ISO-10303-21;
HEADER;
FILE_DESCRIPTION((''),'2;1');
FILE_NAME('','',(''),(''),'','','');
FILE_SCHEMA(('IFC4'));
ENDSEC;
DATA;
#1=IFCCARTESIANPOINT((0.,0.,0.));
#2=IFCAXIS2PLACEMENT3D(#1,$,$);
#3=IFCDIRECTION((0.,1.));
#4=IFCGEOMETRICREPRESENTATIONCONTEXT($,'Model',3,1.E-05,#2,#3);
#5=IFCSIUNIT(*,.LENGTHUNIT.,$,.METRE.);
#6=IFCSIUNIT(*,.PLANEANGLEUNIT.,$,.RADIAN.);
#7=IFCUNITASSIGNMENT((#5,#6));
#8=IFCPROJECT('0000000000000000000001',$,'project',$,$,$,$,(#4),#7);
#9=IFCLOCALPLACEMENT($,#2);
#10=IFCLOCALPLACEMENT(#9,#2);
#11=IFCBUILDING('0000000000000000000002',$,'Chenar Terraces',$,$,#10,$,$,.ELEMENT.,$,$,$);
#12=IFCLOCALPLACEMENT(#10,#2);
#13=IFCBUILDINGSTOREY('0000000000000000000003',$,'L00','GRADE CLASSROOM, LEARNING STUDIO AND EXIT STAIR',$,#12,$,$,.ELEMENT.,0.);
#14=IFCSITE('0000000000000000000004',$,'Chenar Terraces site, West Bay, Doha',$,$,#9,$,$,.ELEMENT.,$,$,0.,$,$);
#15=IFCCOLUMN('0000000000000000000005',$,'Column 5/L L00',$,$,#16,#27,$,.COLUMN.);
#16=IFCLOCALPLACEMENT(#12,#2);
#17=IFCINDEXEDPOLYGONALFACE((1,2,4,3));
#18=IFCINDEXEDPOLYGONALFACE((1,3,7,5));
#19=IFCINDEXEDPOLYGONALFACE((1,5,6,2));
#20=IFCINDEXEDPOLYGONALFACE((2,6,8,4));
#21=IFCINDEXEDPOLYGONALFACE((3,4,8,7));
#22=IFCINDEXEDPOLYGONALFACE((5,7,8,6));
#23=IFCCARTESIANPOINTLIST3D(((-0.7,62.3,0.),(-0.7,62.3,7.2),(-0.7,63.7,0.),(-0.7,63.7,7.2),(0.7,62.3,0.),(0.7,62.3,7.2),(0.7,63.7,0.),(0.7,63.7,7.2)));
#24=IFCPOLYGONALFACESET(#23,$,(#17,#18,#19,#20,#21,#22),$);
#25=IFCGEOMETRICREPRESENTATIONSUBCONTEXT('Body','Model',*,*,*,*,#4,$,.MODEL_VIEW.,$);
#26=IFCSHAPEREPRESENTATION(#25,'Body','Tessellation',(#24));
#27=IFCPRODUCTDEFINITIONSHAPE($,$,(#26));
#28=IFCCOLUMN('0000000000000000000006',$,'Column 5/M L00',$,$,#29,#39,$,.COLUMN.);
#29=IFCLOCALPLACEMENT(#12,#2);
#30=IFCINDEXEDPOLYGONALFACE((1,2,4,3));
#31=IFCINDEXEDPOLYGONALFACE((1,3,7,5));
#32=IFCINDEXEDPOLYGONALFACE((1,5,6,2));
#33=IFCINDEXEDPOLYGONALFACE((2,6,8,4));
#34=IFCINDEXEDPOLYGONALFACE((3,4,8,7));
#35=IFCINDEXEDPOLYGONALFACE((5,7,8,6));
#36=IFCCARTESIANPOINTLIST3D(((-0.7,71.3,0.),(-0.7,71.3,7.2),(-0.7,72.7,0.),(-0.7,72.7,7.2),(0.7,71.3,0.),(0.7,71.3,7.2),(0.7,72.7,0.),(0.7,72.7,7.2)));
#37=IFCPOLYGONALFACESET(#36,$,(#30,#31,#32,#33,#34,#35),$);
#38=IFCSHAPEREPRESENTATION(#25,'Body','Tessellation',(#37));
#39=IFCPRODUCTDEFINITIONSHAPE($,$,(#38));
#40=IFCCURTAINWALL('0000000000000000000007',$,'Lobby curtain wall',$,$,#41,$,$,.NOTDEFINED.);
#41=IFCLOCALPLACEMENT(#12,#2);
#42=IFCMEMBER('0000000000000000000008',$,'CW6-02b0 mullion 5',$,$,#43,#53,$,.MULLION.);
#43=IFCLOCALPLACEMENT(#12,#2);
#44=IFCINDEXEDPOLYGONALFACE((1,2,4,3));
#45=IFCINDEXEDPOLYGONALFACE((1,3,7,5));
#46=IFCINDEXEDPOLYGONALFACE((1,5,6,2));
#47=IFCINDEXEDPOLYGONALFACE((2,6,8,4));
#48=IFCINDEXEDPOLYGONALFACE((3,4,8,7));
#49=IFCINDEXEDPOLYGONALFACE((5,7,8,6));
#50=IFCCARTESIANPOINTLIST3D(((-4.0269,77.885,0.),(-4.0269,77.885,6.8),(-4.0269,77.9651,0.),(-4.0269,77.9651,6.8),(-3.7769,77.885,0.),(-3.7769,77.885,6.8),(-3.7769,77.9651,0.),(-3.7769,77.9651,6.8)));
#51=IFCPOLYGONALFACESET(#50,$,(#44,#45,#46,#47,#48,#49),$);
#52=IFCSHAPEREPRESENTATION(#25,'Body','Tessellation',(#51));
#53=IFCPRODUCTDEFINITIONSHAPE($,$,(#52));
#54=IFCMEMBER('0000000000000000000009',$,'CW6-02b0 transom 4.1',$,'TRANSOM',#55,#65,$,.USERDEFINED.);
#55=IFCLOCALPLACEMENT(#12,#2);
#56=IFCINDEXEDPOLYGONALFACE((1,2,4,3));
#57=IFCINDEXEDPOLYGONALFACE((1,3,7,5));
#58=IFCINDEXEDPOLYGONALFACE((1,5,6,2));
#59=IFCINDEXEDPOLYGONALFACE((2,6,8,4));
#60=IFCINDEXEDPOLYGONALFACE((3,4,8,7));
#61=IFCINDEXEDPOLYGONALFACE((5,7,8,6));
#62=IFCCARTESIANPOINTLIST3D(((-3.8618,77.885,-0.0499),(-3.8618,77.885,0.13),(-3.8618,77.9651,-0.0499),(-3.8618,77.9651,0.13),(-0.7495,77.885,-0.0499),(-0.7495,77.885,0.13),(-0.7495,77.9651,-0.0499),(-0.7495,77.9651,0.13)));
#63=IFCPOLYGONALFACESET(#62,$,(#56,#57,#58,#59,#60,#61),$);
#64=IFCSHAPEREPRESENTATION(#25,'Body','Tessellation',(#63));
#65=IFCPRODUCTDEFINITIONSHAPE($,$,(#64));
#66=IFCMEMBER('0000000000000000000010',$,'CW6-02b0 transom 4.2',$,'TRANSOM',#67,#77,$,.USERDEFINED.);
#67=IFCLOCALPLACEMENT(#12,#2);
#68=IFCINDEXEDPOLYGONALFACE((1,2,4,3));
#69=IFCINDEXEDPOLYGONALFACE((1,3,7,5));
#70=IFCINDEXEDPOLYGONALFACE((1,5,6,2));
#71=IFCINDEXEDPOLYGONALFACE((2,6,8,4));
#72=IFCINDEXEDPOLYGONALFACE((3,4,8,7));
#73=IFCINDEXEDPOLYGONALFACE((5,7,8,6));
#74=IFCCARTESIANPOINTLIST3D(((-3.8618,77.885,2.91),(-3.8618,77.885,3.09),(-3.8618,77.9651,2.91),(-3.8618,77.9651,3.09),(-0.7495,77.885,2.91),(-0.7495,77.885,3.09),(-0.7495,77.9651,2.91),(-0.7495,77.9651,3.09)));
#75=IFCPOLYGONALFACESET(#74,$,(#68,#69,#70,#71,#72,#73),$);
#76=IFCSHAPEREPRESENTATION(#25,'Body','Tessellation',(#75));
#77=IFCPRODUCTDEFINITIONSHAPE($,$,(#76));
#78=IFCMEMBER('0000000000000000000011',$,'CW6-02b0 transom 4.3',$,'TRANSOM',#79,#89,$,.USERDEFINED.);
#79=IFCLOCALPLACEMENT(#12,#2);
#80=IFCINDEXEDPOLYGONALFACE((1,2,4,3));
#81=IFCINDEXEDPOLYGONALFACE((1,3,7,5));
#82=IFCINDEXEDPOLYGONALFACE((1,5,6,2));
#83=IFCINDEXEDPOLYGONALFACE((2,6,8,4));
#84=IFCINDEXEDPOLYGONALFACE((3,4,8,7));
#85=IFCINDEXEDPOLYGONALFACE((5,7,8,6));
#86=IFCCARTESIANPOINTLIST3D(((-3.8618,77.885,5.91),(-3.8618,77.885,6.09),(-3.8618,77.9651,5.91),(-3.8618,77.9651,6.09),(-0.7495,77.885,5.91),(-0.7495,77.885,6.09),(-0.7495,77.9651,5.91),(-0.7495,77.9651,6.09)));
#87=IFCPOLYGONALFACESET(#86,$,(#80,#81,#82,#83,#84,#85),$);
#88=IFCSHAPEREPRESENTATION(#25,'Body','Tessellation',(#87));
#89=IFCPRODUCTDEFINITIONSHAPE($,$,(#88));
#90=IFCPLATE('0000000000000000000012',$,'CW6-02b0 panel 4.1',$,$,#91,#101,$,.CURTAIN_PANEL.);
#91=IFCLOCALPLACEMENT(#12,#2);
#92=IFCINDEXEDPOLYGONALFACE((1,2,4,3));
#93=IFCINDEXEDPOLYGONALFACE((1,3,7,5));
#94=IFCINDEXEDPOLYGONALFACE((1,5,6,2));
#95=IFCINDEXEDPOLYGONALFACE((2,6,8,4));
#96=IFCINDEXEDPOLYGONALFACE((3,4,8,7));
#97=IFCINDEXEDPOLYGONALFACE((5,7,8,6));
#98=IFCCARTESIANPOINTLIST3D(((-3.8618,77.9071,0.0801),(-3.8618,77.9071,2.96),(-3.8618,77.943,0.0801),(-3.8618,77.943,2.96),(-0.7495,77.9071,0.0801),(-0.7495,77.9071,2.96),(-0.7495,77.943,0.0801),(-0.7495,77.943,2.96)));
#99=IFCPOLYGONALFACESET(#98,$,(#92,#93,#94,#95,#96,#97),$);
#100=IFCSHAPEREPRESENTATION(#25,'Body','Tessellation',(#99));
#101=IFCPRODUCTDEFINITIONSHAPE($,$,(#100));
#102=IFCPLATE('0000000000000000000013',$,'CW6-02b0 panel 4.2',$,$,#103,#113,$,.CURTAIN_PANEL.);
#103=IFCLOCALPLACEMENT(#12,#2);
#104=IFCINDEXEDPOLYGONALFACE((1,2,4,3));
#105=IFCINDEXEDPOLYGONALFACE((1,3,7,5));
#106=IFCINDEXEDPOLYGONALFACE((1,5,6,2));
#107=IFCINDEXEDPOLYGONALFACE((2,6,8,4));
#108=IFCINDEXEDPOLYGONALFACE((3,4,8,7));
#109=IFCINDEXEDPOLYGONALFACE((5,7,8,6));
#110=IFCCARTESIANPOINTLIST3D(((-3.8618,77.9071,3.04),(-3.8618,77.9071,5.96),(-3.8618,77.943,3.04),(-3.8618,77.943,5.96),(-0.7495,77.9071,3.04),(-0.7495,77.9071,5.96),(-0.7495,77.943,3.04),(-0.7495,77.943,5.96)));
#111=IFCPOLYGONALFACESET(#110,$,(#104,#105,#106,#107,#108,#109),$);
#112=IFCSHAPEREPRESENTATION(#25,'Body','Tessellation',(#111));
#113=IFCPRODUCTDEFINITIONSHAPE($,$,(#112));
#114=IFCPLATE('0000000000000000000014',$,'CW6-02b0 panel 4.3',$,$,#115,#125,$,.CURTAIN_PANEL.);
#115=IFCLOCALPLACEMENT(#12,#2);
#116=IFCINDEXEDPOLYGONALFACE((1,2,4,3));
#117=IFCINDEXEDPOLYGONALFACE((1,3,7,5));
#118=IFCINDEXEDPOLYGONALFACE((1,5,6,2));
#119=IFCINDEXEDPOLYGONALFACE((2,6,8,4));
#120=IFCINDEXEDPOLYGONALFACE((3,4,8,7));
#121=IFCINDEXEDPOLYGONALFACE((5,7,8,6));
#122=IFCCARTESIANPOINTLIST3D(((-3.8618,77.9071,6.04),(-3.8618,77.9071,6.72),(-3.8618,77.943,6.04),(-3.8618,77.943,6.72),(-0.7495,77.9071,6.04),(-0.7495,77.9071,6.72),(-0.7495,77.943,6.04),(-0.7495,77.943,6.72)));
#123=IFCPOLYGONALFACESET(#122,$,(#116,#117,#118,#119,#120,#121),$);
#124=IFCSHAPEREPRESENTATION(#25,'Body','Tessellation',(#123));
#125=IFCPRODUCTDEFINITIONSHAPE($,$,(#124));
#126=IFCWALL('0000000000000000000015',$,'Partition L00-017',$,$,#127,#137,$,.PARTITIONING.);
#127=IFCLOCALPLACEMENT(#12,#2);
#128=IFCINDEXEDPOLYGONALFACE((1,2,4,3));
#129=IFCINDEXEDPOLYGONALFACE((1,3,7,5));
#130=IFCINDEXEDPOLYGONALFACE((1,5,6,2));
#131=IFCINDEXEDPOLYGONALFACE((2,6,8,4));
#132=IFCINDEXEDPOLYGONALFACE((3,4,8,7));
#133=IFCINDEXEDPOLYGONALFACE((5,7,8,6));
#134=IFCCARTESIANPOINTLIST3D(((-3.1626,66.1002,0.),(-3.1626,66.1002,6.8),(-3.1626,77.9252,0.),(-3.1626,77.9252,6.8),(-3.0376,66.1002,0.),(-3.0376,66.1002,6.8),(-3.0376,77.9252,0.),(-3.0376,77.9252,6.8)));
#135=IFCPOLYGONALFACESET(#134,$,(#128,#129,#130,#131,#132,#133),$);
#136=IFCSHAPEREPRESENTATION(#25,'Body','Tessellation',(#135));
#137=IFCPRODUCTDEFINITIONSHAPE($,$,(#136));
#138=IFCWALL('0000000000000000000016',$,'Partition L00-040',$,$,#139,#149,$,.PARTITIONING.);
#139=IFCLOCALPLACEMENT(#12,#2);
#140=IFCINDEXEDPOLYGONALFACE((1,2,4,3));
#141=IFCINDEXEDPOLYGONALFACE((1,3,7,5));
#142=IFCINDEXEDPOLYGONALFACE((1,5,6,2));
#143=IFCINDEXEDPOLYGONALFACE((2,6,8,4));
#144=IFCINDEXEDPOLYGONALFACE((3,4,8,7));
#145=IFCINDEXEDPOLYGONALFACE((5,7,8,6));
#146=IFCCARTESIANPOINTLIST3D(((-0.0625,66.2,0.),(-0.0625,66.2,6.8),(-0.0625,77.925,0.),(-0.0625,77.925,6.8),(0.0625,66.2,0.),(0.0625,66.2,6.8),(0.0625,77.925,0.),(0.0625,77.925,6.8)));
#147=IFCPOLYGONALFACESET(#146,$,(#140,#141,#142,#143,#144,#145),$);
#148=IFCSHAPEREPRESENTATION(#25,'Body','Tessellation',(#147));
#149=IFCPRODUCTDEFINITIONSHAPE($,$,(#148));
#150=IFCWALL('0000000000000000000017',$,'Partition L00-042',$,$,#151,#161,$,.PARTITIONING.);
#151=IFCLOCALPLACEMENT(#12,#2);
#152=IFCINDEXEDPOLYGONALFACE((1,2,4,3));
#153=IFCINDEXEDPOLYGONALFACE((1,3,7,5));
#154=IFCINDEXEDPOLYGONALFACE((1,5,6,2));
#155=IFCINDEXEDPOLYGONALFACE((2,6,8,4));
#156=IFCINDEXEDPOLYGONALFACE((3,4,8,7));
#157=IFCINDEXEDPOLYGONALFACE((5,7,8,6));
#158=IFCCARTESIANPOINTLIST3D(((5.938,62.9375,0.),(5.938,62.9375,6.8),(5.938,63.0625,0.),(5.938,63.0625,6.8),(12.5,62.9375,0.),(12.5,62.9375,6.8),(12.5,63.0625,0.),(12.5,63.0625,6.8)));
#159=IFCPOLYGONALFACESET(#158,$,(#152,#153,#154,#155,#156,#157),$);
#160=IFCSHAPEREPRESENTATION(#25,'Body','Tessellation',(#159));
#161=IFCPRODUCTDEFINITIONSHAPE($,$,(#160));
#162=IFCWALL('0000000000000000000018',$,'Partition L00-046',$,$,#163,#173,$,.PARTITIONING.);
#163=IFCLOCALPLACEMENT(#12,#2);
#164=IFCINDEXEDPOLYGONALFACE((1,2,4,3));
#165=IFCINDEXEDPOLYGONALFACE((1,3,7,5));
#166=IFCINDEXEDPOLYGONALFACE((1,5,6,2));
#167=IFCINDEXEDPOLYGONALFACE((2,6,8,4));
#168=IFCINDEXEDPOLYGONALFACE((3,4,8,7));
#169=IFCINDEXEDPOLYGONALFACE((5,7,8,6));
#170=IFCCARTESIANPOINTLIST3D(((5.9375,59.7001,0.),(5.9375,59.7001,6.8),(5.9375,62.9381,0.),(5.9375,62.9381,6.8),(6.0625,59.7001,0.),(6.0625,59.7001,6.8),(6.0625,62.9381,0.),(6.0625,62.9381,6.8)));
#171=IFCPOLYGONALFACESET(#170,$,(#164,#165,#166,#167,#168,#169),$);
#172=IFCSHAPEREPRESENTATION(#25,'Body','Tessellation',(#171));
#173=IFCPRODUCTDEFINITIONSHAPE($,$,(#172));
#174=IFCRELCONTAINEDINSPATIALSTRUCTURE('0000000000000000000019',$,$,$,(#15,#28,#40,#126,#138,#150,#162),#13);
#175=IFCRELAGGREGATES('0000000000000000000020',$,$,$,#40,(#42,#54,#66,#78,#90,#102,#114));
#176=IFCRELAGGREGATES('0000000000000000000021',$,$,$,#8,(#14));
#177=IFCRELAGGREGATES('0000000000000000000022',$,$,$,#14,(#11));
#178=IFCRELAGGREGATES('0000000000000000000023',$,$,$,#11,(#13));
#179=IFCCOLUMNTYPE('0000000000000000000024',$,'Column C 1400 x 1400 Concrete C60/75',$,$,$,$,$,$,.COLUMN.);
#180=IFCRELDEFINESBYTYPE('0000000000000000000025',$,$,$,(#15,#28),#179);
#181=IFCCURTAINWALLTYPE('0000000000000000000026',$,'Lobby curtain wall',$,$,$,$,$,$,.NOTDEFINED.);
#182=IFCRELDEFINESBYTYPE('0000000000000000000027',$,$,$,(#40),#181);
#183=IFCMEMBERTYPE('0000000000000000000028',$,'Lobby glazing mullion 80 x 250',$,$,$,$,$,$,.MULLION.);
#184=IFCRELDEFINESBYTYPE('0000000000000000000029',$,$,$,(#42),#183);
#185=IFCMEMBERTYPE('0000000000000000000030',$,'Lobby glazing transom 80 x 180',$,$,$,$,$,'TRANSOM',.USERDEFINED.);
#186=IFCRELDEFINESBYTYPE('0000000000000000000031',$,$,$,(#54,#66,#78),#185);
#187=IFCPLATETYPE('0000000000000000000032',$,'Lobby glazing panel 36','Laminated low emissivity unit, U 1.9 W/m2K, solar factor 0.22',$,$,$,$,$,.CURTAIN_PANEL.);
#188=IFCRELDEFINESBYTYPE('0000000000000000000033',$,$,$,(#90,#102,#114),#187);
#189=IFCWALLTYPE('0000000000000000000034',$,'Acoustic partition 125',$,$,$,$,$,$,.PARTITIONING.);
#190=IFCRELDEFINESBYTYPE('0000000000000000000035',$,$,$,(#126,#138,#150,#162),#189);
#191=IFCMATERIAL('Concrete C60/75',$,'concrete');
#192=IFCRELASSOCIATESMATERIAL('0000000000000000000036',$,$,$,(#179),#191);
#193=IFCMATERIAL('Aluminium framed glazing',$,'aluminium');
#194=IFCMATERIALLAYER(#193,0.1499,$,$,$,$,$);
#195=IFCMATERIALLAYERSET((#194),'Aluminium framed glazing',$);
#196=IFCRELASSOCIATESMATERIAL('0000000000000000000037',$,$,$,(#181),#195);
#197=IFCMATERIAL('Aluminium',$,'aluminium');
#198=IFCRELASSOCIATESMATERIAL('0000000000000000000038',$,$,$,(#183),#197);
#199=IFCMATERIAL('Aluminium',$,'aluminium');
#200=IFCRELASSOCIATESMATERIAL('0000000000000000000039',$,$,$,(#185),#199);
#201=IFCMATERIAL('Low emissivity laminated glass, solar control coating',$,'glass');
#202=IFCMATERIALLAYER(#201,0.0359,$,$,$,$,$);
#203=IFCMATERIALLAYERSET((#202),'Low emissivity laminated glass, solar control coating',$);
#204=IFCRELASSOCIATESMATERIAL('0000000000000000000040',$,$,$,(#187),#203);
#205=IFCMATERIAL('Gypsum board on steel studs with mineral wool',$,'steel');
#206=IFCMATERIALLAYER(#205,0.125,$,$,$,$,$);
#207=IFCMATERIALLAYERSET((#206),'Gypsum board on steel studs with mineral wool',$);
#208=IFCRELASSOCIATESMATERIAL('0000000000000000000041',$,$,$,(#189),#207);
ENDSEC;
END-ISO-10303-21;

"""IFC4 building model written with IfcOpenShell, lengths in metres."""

from ifc_helpers import new_model, si_unit, direction, frame, frame_2d, origin, origin_2d, place, context, subcontext, project, spatial, rectangle, extrude, material, layer, layer_set, material_profile, profile_set, type_object, element, aggregate, save


model = new_model("IFC4")

# Units and contexts
model_context = context("Model", 3, precision=1e-05, world=origin(), true_north=direction((0.0, 1.0)))
body_context = subcontext(model_context, "Body", "Model", "MODEL_VIEW")
ifc_project = project(units=[si_unit("LENGTHUNIT", "METRE"), si_unit("PLANEANGLEUNIT", "RADIAN")], contexts=[model_context])

# Site, building, storey
site_placement = place(None, origin())
site = spatial("IfcSite", under=ifc_project, at=site_placement, Name="Chenar Terraces site, West Bay, Doha", CompositionType="ELEMENT", RefElevation=0.0)
building_placement = place(site_placement, origin())
building = spatial("IfcBuilding", under=site, at=building_placement, Name="Chenar Terraces", CompositionType="ELEMENT")
storey_placement = place(building_placement, origin())
storey = spatial("IfcBuildingStorey", under=building, at=storey_placement, Name="L00", Description="GRADE CLASSROOM, LEARNING STUDIO AND EXIT STAIR", CompositionType="ELEMENT", Elevation=0.0)

# Columns
ifc_material_1 = material(Name="Concrete C60/75", Category="concrete")
ifc_material_profile_1 = material_profile(ifc_material_1, rectangle(XDim=1.3999, YDim=1.3999, at=origin_2d()), Name="C 1400 x 1400")
ifc_profile_set_1 = profile_set([ifc_material_profile_1], Name="Concrete C60/75")
column_type = type_object("IfcColumnType", Name="Column C 1400 x 1400 Concrete C60/75", PredefinedType="COLUMN", material=ifc_profile_set_1)
for number, where, z_axis, x_axis, name in (
    (1, (0.0, 63.0, 0.0), (0.0, 0.0, 1.0), (1.0, 0.0, 0.0), "Column 5/L L00"),
    (2, (0.0, 72.0, 0.0), (0.0, 0.0, 1.0), (1.0, 0.0, 0.0), "Column 5/M L00"),
):
    element("IfcColumn", number, at=place(storey_placement, frame(where, z_axis=z_axis, x_axis=x_axis)), inside=storey, type_object=column_type, Name=name, PredefinedType="COLUMN", context=body_context, shape_type="SweptSolid", body=[
        extrude(rectangle(XDim=1.3999, YDim=1.3999, at=origin_2d()), origin(), (0.0, 0.0, 1.0), 7.2),
    ])

# Curtain wall, members, plates
ifc_material_2 = material(Name="Aluminium framed glazing", Category="aluminium")
ifc_layer_1 = layer(ifc_material_2, 0.1499)
ifc_layer_set_1 = layer_set([ifc_layer_1], Name="Aluminium framed glazing")
curtain_wall_type = type_object("IfcCurtainWallType", Name="Lobby curtain wall", PredefinedType="NOTDEFINED", material=ifc_layer_set_1)
placement = place(storey_placement, origin())
curtain_wall = element("IfcCurtainWall", 3, at=placement, inside=storey, type_object=curtain_wall_type, Name="Lobby curtain wall", PredefinedType="NOTDEFINED")
ifc_material_3 = material(Name="Aluminium", Category="aluminium")
ifc_material_profile_2 = material_profile(ifc_material_3, rectangle(XDim=0.0801, YDim=0.25, at=origin_2d()), Name="Lobby glazing mullion 80 x 250")
ifc_profile_set_2 = profile_set([ifc_material_profile_2], Name="Aluminium")
member_type_1 = type_object("IfcMemberType", Name="Lobby glazing mullion 80 x 250", PredefinedType="MULLION", material=ifc_profile_set_2)
member_1_placement = place(storey_placement, frame((-3.9019, 77.925, 0.0), z_axis=(0.0, 0.0, 1.0), x_axis=(0.0, -1.0, 0.0)))
member_1 = element("IfcMember", 4, at=member_1_placement, type_object=member_type_1, Name="CW6-02b0 mullion 5", PredefinedType="MULLION", context=body_context, shape_type="SweptSolid", body=[
    extrude(rectangle(XDim=0.0801, YDim=0.25, at=origin_2d()), origin(), (0.0, 0.0, 1.0), 6.8),
])
ifc_material_4 = material(Name="Aluminium", Category="aluminium")
ifc_material_profile_3 = material_profile(ifc_material_4, rectangle(XDim=0.0801, YDim=0.1799, at=origin_2d()), Name="Lobby glazing transom 80 x 180")
ifc_profile_set_3 = profile_set([ifc_material_profile_3], Name="Aluminium")
member_type_2 = type_object("IfcMemberType", Name="Lobby glazing transom 80 x 180", ElementType="TRANSOM", PredefinedType="USERDEFINED", material=ifc_profile_set_3)
member_2_placement = place(storey_placement, frame((-0.7495, 77.925, 0.04), z_axis=(-1.0, 0.0, 0.0), x_axis=(0.0, -1.0, 0.0)))
member_2 = element("IfcMember", 5, at=member_2_placement, type_object=member_type_2, Name="CW6-02b0 transom 4.1", ObjectType="TRANSOM", PredefinedType="USERDEFINED", context=body_context, shape_type="SweptSolid", body=[
    extrude(rectangle(XDim=0.0801, YDim=0.1799, at=origin_2d()), origin(), (0.0, 0.0, 1.0), 3.1123),
])
member_3_placement = place(storey_placement, frame((-0.7495, 77.925, 3.0), z_axis=(-1.0, 0.0, 0.0), x_axis=(0.0, -1.0, 0.0)))
member_3 = element("IfcMember", 6, at=member_3_placement, type_object=member_type_2, Name="CW6-02b0 transom 4.2", ObjectType="TRANSOM", PredefinedType="USERDEFINED", context=body_context, shape_type="SweptSolid", body=[
    extrude(rectangle(XDim=0.0801, YDim=0.1799, at=origin_2d()), origin(), (0.0, 0.0, 1.0), 3.1123),
])
member_4_placement = place(storey_placement, frame((-0.7495, 77.925, 6.0), z_axis=(-1.0, 0.0, 0.0), x_axis=(0.0, -1.0, 0.0)))
member_4 = element("IfcMember", 7, at=member_4_placement, type_object=member_type_2, Name="CW6-02b0 transom 4.3", ObjectType="TRANSOM", PredefinedType="USERDEFINED", context=body_context, shape_type="SweptSolid", body=[
    extrude(rectangle(XDim=0.0801, YDim=0.1799, at=origin_2d()), origin(), (0.0, 0.0, 1.0), 3.1123),
])
ifc_material_5 = material(Name="Low emissivity laminated glass, solar control coating", Category="glass")
ifc_layer_2 = layer(ifc_material_5, 0.0359)
ifc_layer_set_2 = layer_set([ifc_layer_2], Name="Low emissivity laminated glass, solar control coating")
plate_type = type_object("IfcPlateType", Name="Lobby glazing panel 36", Description="Laminated low emissivity unit, U 1.9 W/m2K, solar factor 0.22", PredefinedType="CURTAIN_PANEL", material=ifc_layer_set_2)
plate_1_placement = place(storey_placement, frame((-2.3057, 77.925, 0.0801), z_axis=(0.0, 0.0, 1.0), x_axis=(-1.0, 0.0, 0.0)))
plate_1 = element("IfcPlate", 8, at=plate_1_placement, type_object=plate_type, Name="CW6-02b0 panel 4.1", PredefinedType="CURTAIN_PANEL", context=body_context, shape_type="SweptSolid", body=[
    extrude(rectangle(XDim=3.1123, YDim=0.0359, at=origin_2d()), origin(), (0.0, 0.0, 1.0), 2.8799),
])
plate_2_placement = place(storey_placement, frame((-2.3057, 77.925, 3.04), z_axis=(0.0, 0.0, 1.0), x_axis=(-1.0, 0.0, 0.0)))
plate_2 = element("IfcPlate", 9, at=plate_2_placement, type_object=plate_type, Name="CW6-02b0 panel 4.2", PredefinedType="CURTAIN_PANEL", context=body_context, shape_type="SweptSolid", body=[
    extrude(rectangle(XDim=3.1123, YDim=0.0359, at=origin_2d()), origin(), (0.0, 0.0, 1.0), 2.9199),
])
plate_3_placement = place(storey_placement, frame((-2.3057, 77.925, 6.04), z_axis=(0.0, 0.0, 1.0), x_axis=(-1.0, 0.0, 0.0)))
plate_3 = element("IfcPlate", 10, at=plate_3_placement, type_object=plate_type, Name="CW6-02b0 panel 4.3", PredefinedType="CURTAIN_PANEL", context=body_context, shape_type="SweptSolid", body=[
    extrude(rectangle(XDim=3.1123, YDim=0.0359, at=origin_2d()), origin(), (0.0, 0.0, 1.0), 0.6799),
])
aggregate(curtain_wall, [member_1, member_2, member_3, member_4, plate_1, plate_2, plate_3])

# Walls
ifc_material_6 = material(Name="Gypsum board on steel studs with mineral wool", Category="steel")
ifc_layer_3 = layer(ifc_material_6, 0.125)
ifc_layer_set_3 = layer_set([ifc_layer_3], Name="Gypsum board on steel studs with mineral wool")
wall_type_1 = type_object("IfcWallType", Name="Acoustic partition 125", PredefinedType="PARTITIONING", material=ifc_layer_set_3)
wall_1_placement = place(storey_placement, frame((-3.1001, 66.1001, 0.0), z_axis=(0.0, 0.0, 1.0), x_axis=(0.0, 1.0, 0.0)))
element("IfcWall", 11, at=wall_1_placement, inside=storey, type_object=wall_type_1, Name="Partition L00-017", PredefinedType="PARTITIONING", context=body_context, shape_type="SweptSolid", body=[
    extrude(rectangle(XDim=11.825, YDim=0.125, at=frame_2d((5.9126, 0.0))), origin(), (0.0, 0.0, 1.0), 6.8),
])
wall_2_placement = place(storey_placement, frame((0.0, 66.2, 0.0), z_axis=(0.0, 0.0, 1.0), x_axis=(0.0, 1.0, 0.0)))
element("IfcWall", 12, at=wall_2_placement, inside=storey, type_object=wall_type_1, Name="Partition L00-040", PredefinedType="PARTITIONING", context=body_context, shape_type="SweptSolid", body=[
    extrude(rectangle(XDim=11.7251, YDim=0.125, at=frame_2d((5.8625, 0.0))), origin(), (0.0, 0.0, 1.0), 6.8),
])
wall_3_placement = place(storey_placement, frame((5.938, 63.0, 0.0), z_axis=(0.0, 0.0, 1.0), x_axis=(1.0, 0.0, 0.0)))
element("IfcWall", 13, at=wall_3_placement, inside=storey, type_object=wall_type_1, Name="Partition L00-042", PredefinedType="PARTITIONING", context=body_context, shape_type="SweptSolid", body=[
    extrude(rectangle(XDim=6.562, YDim=0.125, at=frame_2d((3.281, 0.0))), origin(), (0.0, 0.0, 1.0), 6.8),
])
wall_4_placement = place(storey_placement, frame((6.0, 59.7, 0.0), z_axis=(0.0, 0.0, 1.0), x_axis=(0.0, 1.0, 0.0)))
element("IfcWall", 14, at=wall_4_placement, inside=storey, type_object=wall_type_1, Name="Partition L00-046", PredefinedType="PARTITIONING", context=body_context, shape_type="SweptSolid", body=[
    extrude(rectangle(XDim=3.238, YDim=0.125, at=frame_2d((1.6191, 0.0))), origin(), (0.0, 0.0, 1.0), 6.8),
])

save(model, "model.ifc")
